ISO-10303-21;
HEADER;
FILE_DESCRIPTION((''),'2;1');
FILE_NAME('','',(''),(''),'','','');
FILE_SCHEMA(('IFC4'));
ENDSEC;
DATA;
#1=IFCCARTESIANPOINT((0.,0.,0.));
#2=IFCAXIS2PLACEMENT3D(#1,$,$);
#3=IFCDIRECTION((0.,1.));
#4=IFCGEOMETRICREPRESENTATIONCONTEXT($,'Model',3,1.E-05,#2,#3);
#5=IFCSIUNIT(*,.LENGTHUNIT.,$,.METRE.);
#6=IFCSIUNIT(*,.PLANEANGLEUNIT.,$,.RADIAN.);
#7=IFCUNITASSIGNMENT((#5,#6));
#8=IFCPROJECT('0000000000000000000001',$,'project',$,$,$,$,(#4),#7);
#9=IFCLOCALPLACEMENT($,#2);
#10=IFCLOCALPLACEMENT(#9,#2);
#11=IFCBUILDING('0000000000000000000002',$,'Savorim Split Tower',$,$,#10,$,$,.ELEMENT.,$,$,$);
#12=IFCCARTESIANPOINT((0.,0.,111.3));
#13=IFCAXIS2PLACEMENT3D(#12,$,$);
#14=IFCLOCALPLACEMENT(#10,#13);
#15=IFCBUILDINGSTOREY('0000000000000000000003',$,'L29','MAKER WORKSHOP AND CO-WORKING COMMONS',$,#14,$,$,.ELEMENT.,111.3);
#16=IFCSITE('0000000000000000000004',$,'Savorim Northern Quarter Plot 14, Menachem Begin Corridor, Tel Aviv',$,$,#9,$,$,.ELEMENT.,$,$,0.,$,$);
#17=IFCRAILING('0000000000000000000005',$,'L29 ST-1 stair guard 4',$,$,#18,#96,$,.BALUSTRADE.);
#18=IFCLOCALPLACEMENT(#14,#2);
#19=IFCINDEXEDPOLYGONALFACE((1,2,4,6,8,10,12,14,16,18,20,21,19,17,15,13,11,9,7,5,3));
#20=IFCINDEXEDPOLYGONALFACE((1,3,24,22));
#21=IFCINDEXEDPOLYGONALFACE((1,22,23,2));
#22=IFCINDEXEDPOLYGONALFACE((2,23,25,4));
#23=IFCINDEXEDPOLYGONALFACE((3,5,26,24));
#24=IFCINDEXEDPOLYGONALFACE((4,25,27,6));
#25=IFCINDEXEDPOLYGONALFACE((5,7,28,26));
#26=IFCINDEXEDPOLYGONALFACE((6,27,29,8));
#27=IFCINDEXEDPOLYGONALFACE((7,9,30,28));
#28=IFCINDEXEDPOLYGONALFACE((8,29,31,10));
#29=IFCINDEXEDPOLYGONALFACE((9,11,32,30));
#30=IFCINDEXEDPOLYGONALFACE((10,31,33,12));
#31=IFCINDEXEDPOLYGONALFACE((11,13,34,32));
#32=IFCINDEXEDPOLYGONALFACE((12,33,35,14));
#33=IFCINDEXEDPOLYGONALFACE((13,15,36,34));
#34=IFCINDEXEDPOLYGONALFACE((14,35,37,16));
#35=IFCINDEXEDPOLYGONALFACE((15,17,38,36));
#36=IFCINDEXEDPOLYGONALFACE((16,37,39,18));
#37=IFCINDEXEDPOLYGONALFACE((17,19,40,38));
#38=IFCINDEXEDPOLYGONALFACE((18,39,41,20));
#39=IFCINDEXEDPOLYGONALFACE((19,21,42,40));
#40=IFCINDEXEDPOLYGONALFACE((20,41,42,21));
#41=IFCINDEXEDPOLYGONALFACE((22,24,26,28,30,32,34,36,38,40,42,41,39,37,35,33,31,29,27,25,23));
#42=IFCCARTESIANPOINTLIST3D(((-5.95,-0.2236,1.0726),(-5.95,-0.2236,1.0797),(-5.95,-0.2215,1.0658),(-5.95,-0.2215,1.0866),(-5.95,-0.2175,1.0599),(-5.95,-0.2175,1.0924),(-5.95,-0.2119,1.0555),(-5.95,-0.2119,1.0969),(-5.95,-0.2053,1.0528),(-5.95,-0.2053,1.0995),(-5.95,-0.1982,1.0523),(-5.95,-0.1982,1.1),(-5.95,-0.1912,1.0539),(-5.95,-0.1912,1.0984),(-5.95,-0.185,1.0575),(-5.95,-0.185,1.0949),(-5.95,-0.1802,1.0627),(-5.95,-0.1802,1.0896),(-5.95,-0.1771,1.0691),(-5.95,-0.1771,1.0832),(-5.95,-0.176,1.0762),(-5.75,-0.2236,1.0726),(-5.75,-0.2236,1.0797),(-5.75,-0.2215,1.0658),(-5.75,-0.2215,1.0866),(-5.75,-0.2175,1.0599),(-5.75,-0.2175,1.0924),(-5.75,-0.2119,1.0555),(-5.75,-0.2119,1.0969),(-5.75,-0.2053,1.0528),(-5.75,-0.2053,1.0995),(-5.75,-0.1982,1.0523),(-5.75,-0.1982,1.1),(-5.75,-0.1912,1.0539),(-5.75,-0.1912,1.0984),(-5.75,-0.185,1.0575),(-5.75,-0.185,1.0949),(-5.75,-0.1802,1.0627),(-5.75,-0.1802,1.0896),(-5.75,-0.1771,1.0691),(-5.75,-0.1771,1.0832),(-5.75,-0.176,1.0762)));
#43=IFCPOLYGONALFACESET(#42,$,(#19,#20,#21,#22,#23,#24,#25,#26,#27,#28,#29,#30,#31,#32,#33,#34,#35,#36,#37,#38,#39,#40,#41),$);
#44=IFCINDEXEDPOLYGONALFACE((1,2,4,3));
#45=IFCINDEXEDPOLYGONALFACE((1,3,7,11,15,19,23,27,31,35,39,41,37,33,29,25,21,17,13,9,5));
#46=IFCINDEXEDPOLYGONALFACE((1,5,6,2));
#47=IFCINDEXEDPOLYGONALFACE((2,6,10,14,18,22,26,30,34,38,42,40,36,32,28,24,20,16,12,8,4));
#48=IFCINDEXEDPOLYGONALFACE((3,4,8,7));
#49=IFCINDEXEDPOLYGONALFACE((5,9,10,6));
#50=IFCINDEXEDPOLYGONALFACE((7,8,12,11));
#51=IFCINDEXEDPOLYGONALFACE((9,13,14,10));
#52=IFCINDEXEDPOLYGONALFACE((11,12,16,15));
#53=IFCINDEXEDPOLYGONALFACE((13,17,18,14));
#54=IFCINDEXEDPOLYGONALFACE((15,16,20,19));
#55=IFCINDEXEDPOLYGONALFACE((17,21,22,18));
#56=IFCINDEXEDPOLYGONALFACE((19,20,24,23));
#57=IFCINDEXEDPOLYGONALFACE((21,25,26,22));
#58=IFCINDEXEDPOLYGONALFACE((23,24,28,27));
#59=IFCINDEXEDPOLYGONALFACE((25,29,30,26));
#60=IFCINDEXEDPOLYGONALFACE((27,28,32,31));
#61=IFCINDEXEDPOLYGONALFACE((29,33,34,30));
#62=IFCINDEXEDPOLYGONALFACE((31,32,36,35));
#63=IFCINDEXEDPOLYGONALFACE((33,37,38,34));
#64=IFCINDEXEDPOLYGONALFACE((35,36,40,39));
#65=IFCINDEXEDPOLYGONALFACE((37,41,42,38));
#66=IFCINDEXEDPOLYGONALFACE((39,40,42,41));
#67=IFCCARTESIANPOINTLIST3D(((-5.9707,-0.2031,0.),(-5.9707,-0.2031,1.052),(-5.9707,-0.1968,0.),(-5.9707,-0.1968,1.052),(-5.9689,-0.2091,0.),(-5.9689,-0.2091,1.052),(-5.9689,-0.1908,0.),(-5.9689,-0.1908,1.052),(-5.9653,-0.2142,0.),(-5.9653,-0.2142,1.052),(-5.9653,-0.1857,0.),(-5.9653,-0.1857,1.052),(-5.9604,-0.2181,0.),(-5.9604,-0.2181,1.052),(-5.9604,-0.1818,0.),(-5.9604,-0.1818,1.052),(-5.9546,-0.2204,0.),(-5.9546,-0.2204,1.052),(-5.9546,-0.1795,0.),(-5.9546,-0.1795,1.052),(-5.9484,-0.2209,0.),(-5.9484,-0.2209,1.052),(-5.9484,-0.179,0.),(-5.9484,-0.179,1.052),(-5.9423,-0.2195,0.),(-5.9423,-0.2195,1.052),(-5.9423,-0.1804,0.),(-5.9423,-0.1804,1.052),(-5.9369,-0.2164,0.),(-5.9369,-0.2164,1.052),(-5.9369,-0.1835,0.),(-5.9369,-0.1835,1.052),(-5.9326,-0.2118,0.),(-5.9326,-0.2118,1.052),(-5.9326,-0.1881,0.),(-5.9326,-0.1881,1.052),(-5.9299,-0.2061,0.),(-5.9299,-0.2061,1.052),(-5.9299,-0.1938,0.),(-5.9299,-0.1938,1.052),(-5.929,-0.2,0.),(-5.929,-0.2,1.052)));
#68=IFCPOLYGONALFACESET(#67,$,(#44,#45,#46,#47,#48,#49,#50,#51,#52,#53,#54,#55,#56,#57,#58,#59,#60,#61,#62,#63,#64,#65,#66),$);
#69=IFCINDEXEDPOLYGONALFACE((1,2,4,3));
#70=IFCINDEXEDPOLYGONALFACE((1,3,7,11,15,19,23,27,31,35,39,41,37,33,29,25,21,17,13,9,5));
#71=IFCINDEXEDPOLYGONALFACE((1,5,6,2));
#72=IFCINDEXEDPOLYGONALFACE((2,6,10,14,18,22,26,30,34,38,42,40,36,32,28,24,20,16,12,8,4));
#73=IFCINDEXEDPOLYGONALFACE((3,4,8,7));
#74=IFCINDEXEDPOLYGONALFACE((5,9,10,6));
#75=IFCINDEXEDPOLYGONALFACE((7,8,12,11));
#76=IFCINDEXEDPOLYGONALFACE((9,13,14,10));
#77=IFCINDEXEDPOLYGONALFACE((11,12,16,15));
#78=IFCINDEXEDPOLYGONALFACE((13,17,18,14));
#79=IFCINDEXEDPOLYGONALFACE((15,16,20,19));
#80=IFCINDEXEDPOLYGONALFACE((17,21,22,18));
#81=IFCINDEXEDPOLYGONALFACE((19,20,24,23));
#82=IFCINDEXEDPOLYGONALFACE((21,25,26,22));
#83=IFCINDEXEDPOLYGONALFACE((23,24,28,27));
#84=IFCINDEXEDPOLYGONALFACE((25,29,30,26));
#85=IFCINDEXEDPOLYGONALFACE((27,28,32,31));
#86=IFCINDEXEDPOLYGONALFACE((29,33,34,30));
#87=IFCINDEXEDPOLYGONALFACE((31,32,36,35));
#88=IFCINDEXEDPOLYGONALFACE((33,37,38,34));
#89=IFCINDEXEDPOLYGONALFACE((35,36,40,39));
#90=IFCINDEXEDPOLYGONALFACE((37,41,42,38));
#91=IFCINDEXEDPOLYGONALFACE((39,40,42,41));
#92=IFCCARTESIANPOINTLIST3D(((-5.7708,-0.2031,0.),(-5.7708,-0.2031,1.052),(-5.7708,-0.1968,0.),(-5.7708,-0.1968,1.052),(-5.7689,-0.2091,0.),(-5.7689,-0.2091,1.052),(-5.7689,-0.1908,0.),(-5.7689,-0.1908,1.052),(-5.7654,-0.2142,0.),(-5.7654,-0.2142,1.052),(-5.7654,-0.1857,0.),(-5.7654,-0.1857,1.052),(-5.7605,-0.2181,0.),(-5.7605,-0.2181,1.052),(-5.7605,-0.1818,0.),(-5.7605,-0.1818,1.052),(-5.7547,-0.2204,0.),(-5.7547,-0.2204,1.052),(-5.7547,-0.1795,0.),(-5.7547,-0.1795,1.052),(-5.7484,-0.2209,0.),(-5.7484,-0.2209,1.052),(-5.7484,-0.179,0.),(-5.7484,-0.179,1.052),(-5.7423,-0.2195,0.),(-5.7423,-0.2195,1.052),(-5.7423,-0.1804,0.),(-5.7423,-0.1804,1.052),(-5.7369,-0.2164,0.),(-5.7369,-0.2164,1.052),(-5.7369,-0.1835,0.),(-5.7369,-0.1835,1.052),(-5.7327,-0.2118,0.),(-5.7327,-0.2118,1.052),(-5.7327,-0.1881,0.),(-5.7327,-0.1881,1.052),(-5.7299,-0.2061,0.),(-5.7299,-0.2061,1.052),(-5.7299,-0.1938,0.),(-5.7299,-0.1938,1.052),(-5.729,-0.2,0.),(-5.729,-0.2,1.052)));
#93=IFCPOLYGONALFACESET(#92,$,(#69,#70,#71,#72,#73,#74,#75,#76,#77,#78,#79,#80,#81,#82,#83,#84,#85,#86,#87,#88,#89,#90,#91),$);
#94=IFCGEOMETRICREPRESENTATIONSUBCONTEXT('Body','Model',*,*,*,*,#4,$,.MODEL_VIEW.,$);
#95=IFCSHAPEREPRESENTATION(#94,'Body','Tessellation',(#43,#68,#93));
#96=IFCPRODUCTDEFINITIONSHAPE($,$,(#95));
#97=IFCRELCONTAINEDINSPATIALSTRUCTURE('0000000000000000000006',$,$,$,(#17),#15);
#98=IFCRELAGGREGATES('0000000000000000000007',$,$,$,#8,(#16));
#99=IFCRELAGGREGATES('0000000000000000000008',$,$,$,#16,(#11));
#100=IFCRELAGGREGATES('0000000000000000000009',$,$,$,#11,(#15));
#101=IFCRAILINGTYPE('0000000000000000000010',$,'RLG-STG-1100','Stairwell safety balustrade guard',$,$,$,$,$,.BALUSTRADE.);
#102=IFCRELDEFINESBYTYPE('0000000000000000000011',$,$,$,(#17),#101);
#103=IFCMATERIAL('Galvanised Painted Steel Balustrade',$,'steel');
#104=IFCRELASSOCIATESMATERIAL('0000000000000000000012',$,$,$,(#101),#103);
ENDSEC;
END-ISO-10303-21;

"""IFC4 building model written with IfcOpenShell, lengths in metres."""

from ifc_helpers import new_model, si_unit, direction, frame, origin, origin_2d, place, context, subcontext, project, spatial, circle, extrude, material, type_object, element, save


model = new_model("IFC4")

# Units and contexts
model_context = context("Model", 3, precision=1e-05, world=origin(), true_north=direction((0.0, 1.0)))
body_context = subcontext(model_context, "Body", "Model", "MODEL_VIEW")
ifc_project = project(units=[si_unit("LENGTHUNIT", "METRE"), si_unit("PLANEANGLEUNIT", "RADIAN")], contexts=[model_context])

# Site, building, storey
site_placement = place(None, origin())
site = spatial("IfcSite", under=ifc_project, at=site_placement, Name="Savorim Northern Quarter Plot 14, Menachem Begin Corridor, Tel Aviv", CompositionType="ELEMENT", RefElevation=0.0)
building_placement = place(site_placement, origin())
building = spatial("IfcBuilding", under=site, at=building_placement, Name="Savorim Split Tower", CompositionType="ELEMENT")
storey_placement = place(building_placement, frame((0.0, 0.0, 111.3)))
storey = spatial("IfcBuildingStorey", under=building, at=storey_placement, Name="L29", Description="MAKER WORKSHOP AND CO-WORKING COMMONS", CompositionType="ELEMENT", Elevation=111.3)

# Railing
ifc_material_1 = material(Name="Galvanised Painted Steel Balustrade", Category="steel")
railing_type_1 = type_object("IfcRailingType", Name="RLG-STG-1100", Description="Stairwell safety balustrade guard", PredefinedType="BALUSTRADE", material=ifc_material_1)
railing_1_placement = place(storey_placement, frame((-5.95, -0.2, 0.0)))
element("IfcRailing", 1, at=railing_1_placement, inside=storey, type_object=railing_type_1, Name="L29 ST-1 stair guard 4", PredefinedType="BALUSTRADE", context=body_context, shape_type="SweptSolid", body=[
    extrude(circle(Radius=0.0239, at=origin_2d()), frame((0.0, 0.0, 1.0762), z_axis=(1.0, 0.0, 0.0), x_axis=(0.0, 1.0, 0.0)), (0.0, 0.0, 1.0), 0.2),
    extrude(circle(Radius=0.021, at=origin_2d()), origin(), (0.0, 0.0, 1.0), 1.052),
    extrude(circle(Radius=0.021, at=origin_2d()), frame((0.2, 0.0, 0.0)), (0.0, 0.0, 1.0), 1.052),
])

save(model, "model.ifc")
